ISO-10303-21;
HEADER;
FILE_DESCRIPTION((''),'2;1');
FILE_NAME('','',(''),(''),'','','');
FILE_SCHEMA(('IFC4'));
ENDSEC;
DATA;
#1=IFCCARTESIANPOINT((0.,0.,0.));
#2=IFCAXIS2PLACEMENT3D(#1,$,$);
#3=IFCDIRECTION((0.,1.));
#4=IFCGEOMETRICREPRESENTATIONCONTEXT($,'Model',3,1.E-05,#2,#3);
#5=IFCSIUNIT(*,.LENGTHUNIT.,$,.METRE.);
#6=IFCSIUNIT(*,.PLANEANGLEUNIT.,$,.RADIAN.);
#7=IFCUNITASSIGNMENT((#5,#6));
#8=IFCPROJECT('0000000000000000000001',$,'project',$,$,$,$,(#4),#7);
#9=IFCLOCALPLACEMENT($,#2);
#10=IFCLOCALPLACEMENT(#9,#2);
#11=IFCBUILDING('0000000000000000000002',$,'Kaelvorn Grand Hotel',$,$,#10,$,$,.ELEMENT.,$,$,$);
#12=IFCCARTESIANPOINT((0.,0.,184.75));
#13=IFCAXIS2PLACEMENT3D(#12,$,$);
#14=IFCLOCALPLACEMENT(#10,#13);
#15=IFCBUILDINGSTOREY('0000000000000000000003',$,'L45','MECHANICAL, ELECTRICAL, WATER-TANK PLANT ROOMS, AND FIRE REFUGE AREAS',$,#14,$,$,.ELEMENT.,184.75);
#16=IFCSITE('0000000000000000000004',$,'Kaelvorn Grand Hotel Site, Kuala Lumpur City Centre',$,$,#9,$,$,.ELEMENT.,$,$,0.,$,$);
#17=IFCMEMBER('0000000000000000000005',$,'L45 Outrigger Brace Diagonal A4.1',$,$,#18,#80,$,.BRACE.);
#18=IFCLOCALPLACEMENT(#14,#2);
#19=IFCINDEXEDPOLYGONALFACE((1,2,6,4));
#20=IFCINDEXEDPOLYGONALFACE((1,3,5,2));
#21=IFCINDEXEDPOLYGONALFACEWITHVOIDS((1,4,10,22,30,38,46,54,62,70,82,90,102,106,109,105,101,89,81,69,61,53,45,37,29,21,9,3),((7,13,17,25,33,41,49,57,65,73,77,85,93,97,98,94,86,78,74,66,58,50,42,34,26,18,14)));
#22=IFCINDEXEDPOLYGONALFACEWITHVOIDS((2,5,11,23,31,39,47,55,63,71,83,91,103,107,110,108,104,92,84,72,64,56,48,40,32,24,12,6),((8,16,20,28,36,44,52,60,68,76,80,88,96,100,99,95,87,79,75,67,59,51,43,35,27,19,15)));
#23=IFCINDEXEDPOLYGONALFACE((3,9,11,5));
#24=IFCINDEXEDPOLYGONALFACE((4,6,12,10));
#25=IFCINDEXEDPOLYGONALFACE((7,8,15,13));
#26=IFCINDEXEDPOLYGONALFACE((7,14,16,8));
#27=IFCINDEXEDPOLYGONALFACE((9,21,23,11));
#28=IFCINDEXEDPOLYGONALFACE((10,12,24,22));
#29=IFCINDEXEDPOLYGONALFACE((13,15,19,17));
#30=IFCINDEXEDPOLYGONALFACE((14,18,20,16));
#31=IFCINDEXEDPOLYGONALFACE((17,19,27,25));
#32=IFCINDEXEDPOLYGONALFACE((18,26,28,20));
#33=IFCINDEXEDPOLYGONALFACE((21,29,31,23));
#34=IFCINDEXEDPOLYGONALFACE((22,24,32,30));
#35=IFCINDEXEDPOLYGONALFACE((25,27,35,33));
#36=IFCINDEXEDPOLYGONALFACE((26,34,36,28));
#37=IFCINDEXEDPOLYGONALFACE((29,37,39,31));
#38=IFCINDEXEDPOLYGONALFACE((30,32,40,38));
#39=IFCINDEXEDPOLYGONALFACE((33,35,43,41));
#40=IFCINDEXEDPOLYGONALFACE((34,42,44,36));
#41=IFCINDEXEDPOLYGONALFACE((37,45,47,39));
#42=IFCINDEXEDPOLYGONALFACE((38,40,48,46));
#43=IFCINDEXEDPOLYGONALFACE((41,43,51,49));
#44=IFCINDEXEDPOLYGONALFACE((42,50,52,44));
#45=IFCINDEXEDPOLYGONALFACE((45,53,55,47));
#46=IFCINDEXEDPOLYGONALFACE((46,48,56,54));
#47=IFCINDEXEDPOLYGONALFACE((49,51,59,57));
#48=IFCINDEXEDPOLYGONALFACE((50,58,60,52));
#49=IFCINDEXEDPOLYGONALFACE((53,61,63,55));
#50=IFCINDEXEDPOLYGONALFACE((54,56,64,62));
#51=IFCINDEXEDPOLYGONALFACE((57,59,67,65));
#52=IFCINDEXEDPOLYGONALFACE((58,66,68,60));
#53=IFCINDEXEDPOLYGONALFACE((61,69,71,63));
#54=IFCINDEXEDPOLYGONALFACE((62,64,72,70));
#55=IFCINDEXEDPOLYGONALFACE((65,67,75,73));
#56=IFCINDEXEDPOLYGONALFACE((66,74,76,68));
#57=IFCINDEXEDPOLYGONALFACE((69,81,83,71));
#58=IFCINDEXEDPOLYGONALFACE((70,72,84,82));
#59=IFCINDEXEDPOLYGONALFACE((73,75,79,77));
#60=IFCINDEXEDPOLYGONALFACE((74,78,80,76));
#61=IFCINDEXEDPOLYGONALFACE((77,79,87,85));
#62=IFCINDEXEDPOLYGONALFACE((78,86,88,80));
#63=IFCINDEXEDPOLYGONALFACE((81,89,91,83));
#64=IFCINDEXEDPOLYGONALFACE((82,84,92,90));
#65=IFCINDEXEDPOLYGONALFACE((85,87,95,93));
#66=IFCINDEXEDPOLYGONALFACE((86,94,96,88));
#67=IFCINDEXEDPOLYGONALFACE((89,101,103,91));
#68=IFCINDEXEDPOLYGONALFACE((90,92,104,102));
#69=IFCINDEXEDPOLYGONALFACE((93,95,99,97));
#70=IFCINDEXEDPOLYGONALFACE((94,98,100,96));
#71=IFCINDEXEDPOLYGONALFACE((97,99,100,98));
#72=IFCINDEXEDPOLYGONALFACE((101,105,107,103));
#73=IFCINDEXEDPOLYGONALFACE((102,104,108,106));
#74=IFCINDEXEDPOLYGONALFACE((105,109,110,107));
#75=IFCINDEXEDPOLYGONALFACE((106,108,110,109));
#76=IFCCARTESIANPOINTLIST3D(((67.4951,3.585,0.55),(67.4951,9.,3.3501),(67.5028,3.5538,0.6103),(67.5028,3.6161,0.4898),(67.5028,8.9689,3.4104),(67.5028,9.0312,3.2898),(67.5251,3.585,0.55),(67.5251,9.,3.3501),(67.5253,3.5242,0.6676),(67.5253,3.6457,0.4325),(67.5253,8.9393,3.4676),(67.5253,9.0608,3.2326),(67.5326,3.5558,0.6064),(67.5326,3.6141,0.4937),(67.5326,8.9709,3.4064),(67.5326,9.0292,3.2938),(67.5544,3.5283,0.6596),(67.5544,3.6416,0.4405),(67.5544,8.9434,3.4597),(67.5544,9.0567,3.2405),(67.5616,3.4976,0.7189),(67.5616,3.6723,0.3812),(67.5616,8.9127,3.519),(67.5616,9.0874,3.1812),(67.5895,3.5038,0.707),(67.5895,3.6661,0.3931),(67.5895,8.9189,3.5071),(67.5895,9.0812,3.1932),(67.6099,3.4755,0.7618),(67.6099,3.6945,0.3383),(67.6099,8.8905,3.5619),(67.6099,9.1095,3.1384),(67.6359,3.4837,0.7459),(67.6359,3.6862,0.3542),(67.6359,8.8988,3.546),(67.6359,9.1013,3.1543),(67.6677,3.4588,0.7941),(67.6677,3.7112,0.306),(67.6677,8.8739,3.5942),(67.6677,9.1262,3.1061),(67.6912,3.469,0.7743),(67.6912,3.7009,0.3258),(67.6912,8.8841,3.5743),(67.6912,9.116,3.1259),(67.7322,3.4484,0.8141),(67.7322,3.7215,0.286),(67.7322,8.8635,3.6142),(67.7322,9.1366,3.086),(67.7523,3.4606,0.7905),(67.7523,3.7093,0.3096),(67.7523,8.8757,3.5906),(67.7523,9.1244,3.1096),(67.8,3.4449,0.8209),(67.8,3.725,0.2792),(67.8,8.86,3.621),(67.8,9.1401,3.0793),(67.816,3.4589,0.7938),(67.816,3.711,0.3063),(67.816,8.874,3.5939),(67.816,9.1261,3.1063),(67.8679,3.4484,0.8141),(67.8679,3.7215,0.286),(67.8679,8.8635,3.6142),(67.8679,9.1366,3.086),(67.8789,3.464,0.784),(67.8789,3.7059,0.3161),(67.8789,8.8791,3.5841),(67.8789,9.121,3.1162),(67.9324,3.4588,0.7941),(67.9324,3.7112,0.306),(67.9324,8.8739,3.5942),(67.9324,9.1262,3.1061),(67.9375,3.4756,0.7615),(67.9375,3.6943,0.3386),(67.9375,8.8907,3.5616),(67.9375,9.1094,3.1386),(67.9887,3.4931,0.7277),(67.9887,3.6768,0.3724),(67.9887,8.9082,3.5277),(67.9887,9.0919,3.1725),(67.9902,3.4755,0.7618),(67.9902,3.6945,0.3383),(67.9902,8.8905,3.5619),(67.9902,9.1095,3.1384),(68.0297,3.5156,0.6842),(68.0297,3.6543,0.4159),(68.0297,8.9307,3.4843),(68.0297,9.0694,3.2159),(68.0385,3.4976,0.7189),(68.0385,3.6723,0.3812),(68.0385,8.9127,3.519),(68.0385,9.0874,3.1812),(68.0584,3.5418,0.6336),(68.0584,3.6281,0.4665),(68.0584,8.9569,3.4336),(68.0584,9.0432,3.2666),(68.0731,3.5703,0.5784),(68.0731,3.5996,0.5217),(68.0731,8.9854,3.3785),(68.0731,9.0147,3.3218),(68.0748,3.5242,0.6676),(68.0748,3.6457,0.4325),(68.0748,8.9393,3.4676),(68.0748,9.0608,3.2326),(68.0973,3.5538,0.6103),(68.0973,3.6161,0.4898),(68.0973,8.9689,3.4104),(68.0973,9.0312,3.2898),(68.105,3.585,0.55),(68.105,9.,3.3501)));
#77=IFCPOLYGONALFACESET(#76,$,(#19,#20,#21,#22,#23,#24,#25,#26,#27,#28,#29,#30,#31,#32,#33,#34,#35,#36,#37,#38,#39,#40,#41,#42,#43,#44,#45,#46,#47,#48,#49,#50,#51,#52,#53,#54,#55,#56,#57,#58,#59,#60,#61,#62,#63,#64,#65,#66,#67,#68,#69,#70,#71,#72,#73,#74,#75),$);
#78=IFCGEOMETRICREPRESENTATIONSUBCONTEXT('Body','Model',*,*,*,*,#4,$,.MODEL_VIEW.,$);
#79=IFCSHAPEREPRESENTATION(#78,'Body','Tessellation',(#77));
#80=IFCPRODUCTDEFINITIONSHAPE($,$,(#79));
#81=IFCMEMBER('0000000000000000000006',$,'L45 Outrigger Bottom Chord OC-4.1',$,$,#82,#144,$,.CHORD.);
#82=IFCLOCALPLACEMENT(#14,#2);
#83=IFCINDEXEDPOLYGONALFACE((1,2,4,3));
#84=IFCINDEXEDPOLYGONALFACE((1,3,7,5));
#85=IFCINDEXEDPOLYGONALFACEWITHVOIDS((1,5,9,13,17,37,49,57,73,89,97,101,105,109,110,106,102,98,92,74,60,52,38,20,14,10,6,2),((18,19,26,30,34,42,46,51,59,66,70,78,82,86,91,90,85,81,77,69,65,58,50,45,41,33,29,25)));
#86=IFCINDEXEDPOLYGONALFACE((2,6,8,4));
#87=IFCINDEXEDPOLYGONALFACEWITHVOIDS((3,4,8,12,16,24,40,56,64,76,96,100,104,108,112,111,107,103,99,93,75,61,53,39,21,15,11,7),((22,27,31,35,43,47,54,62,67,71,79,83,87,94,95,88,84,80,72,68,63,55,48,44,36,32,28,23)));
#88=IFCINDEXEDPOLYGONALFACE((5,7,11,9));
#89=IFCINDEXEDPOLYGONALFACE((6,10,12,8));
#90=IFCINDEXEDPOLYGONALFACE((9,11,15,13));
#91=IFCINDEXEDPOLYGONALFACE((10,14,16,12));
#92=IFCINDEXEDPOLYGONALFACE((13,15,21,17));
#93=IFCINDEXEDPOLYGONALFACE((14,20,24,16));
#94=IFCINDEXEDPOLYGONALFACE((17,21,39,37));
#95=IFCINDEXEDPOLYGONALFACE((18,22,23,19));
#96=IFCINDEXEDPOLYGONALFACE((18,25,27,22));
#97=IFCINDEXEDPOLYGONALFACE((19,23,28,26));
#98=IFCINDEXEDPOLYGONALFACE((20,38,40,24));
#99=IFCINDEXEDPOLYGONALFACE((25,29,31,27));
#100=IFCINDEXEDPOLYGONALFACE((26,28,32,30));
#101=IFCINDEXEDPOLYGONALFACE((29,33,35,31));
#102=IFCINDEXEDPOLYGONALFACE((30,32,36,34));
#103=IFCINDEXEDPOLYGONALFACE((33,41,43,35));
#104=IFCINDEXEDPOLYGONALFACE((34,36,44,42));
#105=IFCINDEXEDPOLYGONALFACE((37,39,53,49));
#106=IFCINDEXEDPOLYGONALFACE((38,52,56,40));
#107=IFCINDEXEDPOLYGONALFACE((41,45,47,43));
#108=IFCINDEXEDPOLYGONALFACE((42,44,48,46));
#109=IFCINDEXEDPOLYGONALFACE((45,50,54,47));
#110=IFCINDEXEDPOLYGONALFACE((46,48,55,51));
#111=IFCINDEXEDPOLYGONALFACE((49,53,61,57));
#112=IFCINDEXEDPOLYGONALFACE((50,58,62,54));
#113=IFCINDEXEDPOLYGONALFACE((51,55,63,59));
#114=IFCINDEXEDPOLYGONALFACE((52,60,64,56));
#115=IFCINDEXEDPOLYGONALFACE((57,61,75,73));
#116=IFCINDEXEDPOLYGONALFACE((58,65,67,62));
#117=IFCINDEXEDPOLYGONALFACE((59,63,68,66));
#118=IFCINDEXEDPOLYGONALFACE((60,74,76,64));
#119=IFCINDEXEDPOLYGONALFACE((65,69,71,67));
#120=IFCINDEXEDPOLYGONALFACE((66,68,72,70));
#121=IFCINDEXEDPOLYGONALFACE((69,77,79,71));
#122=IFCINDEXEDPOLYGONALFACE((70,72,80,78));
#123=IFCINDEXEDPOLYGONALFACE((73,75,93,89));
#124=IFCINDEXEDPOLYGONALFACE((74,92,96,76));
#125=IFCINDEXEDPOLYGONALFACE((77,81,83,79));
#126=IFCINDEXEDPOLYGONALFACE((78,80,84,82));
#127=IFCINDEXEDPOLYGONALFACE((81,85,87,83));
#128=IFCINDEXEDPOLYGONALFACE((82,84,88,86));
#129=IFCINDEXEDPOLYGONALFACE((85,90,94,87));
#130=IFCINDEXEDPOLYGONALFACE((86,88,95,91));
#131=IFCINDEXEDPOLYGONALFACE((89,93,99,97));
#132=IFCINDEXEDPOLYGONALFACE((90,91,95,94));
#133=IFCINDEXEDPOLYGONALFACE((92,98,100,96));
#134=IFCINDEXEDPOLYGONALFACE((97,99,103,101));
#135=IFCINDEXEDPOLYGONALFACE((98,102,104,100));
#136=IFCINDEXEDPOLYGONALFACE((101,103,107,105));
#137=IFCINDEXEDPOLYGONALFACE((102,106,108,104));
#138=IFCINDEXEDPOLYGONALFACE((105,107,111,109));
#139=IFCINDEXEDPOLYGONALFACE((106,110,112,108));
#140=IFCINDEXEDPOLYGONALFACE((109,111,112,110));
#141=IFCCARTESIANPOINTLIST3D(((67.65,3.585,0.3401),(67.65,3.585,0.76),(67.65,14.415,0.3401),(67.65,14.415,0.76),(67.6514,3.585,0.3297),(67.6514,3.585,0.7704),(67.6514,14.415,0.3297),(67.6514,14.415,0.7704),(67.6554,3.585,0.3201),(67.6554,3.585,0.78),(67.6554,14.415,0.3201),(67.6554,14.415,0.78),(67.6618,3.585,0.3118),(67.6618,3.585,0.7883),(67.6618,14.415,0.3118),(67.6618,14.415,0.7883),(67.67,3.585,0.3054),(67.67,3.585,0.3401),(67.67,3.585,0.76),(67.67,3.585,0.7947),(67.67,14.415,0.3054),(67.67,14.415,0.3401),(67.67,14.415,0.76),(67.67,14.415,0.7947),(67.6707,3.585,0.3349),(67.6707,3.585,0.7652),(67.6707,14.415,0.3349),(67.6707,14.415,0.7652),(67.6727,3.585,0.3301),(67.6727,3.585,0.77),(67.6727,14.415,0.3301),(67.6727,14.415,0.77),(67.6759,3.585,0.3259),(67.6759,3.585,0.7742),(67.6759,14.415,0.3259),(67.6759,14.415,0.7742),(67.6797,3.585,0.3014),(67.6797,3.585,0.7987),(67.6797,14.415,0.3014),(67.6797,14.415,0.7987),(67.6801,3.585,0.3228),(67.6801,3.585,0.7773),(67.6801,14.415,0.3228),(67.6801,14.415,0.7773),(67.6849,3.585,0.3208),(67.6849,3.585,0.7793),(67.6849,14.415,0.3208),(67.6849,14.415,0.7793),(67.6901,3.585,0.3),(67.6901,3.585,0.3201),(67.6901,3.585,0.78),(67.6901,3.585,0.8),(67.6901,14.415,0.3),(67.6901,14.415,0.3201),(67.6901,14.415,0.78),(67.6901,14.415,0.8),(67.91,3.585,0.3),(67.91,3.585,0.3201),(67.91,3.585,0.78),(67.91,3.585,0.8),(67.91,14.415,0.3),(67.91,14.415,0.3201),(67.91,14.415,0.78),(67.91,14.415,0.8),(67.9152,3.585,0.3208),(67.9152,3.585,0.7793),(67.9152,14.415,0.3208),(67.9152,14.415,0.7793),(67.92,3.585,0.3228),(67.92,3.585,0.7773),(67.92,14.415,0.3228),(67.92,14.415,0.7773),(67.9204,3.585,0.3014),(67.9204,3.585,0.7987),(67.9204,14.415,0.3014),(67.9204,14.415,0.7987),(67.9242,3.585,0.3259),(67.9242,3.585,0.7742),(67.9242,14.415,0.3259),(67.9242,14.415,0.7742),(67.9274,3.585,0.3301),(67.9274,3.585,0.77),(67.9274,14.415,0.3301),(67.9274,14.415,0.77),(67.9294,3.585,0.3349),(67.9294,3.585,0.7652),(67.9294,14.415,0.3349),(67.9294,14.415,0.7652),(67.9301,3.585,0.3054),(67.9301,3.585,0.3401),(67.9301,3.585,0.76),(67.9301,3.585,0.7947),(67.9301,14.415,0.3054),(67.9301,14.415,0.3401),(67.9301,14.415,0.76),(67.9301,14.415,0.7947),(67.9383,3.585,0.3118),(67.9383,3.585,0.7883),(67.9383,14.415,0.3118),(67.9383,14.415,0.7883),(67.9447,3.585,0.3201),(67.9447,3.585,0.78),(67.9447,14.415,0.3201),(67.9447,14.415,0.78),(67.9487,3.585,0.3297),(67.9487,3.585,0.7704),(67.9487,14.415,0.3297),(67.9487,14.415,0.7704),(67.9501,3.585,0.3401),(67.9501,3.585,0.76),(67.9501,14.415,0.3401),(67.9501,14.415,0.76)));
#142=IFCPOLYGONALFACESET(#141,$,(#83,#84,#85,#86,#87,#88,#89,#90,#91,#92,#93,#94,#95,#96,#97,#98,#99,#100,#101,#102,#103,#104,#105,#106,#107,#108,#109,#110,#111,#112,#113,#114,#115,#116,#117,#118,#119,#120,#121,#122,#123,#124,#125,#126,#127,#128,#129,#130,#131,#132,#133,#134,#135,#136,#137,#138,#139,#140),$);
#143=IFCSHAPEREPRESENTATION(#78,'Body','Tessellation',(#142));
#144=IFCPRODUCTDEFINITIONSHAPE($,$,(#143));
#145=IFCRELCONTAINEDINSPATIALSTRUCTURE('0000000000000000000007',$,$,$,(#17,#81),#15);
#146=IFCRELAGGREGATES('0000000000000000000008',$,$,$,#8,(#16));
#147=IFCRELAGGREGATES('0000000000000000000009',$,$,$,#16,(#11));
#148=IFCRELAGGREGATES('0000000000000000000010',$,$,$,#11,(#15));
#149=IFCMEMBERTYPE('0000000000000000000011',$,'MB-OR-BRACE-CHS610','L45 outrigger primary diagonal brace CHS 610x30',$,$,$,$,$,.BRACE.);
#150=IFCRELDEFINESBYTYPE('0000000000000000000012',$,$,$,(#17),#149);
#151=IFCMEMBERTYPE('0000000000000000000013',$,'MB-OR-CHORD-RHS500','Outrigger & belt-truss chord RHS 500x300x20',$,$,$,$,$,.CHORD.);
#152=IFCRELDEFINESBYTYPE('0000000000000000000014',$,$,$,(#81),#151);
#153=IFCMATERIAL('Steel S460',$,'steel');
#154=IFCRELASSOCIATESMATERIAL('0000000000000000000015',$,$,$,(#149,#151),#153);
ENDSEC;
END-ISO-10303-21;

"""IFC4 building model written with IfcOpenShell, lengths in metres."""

from ifc_helpers import new_model, si_unit, direction, frame, origin, origin_2d, place, context, subcontext, project, spatial, hollow_rectangle, hollow_circle, extrude, material, material_profile, profile_set, type_object, element, save


model = new_model("IFC4")

# Units and contexts
model_context = context("Model", 3, precision=1e-05, world=origin(), true_north=direction((0.0, 1.0)))
body_context = subcontext(model_context, "Body", "Model", "MODEL_VIEW")
ifc_project = project(units=[si_unit("LENGTHUNIT", "METRE"), si_unit("PLANEANGLEUNIT", "RADIAN")], contexts=[model_context])

# Site, building, storey
site_placement = place(None, origin())
site = spatial("IfcSite", under=ifc_project, at=site_placement, Name="Kaelvorn Grand Hotel Site, Kuala Lumpur City Centre", CompositionType="ELEMENT", RefElevation=0.0)
building_placement = place(site_placement, origin())
building = spatial("IfcBuilding", under=site, at=building_placement, Name="Kaelvorn Grand Hotel", CompositionType="ELEMENT")
storey_placement = place(building_placement, frame((0.0, 0.0, 184.75)))
storey = spatial("IfcBuildingStorey", under=building, at=storey_placement, Name="L45", Description="MECHANICAL, ELECTRICAL, WATER-TANK PLANT ROOMS, AND FIRE REFUGE AREAS", CompositionType="ELEMENT", Elevation=184.75)

# Members
ifc_material_1 = material(Name="Steel S460", Category="steel")
ifc_material_profile_1 = material_profile(ifc_material_1, hollow_circle(Radius=0.3049, WallThickness=0.03, at=origin_2d()), Name="CHS 610.0x30.0")
ifc_profile_set_1 = profile_set([ifc_material_profile_1], Name="Steel S460")
member_type_1 = type_object("IfcMemberType", Name="MB-OR-BRACE-CHS610", Description="L45 outrigger primary diagonal brace CHS 610x30", PredefinedType="BRACE", material=ifc_profile_set_1)
member_placement = place(storey_placement, frame((67.8, 3.585, 0.55), z_axis=(0.0, 0.888273, 0.459315), x_axis=(-1.0, 0.0, 0.0)))
element("IfcMember", 1, at=member_placement, inside=storey, type_object=member_type_1, Name="L45 Outrigger Brace Diagonal A4.1", PredefinedType="BRACE", context=body_context, shape_type="SweptSolid", body=[
    extrude(hollow_circle(Radius=0.3049, WallThickness=0.03, at=origin_2d()), origin(), (0.0, 0.0, 1.0), 6.0962),
])
ifc_material_profile_2 = material_profile(ifc_material_1, hollow_rectangle(XDim=0.3, YDim=0.5, WallThickness=0.02, InnerFilletRadius=0.02, OuterFilletRadius=0.04, at=origin_2d()), Name="RHS 500x300x20.0")
ifc_profile_set_2 = profile_set([ifc_material_profile_2], Name="Steel S460")
member_type_2 = type_object("IfcMemberType", Name="MB-OR-CHORD-RHS500", Description="Outrigger & belt-truss chord RHS 500x300x20", PredefinedType="CHORD", material=ifc_profile_set_2)
for number, where, z_axis, x_axis, name in (
    (2, (67.8, 3.585, 0.55), (0.0, 1.0, 0.0), (-1.0, 0.0, 0.0), "L45 Outrigger Bottom Chord OC-4.1"),
):
    element("IfcMember", number, at=place(storey_placement, frame(where, z_axis=z_axis, x_axis=x_axis)), inside=storey, type_object=member_type_2, Name=name, PredefinedType="CHORD", context=body_context, shape_type="SweptSolid", body=[
        extrude(hollow_rectangle(XDim=0.3, YDim=0.5, WallThickness=0.02, InnerFilletRadius=0.02, OuterFilletRadius=0.04, at=origin_2d()), origin(), (0.0, 0.0, 1.0), 10.8301),
    ])

save(model, "model.ifc")
